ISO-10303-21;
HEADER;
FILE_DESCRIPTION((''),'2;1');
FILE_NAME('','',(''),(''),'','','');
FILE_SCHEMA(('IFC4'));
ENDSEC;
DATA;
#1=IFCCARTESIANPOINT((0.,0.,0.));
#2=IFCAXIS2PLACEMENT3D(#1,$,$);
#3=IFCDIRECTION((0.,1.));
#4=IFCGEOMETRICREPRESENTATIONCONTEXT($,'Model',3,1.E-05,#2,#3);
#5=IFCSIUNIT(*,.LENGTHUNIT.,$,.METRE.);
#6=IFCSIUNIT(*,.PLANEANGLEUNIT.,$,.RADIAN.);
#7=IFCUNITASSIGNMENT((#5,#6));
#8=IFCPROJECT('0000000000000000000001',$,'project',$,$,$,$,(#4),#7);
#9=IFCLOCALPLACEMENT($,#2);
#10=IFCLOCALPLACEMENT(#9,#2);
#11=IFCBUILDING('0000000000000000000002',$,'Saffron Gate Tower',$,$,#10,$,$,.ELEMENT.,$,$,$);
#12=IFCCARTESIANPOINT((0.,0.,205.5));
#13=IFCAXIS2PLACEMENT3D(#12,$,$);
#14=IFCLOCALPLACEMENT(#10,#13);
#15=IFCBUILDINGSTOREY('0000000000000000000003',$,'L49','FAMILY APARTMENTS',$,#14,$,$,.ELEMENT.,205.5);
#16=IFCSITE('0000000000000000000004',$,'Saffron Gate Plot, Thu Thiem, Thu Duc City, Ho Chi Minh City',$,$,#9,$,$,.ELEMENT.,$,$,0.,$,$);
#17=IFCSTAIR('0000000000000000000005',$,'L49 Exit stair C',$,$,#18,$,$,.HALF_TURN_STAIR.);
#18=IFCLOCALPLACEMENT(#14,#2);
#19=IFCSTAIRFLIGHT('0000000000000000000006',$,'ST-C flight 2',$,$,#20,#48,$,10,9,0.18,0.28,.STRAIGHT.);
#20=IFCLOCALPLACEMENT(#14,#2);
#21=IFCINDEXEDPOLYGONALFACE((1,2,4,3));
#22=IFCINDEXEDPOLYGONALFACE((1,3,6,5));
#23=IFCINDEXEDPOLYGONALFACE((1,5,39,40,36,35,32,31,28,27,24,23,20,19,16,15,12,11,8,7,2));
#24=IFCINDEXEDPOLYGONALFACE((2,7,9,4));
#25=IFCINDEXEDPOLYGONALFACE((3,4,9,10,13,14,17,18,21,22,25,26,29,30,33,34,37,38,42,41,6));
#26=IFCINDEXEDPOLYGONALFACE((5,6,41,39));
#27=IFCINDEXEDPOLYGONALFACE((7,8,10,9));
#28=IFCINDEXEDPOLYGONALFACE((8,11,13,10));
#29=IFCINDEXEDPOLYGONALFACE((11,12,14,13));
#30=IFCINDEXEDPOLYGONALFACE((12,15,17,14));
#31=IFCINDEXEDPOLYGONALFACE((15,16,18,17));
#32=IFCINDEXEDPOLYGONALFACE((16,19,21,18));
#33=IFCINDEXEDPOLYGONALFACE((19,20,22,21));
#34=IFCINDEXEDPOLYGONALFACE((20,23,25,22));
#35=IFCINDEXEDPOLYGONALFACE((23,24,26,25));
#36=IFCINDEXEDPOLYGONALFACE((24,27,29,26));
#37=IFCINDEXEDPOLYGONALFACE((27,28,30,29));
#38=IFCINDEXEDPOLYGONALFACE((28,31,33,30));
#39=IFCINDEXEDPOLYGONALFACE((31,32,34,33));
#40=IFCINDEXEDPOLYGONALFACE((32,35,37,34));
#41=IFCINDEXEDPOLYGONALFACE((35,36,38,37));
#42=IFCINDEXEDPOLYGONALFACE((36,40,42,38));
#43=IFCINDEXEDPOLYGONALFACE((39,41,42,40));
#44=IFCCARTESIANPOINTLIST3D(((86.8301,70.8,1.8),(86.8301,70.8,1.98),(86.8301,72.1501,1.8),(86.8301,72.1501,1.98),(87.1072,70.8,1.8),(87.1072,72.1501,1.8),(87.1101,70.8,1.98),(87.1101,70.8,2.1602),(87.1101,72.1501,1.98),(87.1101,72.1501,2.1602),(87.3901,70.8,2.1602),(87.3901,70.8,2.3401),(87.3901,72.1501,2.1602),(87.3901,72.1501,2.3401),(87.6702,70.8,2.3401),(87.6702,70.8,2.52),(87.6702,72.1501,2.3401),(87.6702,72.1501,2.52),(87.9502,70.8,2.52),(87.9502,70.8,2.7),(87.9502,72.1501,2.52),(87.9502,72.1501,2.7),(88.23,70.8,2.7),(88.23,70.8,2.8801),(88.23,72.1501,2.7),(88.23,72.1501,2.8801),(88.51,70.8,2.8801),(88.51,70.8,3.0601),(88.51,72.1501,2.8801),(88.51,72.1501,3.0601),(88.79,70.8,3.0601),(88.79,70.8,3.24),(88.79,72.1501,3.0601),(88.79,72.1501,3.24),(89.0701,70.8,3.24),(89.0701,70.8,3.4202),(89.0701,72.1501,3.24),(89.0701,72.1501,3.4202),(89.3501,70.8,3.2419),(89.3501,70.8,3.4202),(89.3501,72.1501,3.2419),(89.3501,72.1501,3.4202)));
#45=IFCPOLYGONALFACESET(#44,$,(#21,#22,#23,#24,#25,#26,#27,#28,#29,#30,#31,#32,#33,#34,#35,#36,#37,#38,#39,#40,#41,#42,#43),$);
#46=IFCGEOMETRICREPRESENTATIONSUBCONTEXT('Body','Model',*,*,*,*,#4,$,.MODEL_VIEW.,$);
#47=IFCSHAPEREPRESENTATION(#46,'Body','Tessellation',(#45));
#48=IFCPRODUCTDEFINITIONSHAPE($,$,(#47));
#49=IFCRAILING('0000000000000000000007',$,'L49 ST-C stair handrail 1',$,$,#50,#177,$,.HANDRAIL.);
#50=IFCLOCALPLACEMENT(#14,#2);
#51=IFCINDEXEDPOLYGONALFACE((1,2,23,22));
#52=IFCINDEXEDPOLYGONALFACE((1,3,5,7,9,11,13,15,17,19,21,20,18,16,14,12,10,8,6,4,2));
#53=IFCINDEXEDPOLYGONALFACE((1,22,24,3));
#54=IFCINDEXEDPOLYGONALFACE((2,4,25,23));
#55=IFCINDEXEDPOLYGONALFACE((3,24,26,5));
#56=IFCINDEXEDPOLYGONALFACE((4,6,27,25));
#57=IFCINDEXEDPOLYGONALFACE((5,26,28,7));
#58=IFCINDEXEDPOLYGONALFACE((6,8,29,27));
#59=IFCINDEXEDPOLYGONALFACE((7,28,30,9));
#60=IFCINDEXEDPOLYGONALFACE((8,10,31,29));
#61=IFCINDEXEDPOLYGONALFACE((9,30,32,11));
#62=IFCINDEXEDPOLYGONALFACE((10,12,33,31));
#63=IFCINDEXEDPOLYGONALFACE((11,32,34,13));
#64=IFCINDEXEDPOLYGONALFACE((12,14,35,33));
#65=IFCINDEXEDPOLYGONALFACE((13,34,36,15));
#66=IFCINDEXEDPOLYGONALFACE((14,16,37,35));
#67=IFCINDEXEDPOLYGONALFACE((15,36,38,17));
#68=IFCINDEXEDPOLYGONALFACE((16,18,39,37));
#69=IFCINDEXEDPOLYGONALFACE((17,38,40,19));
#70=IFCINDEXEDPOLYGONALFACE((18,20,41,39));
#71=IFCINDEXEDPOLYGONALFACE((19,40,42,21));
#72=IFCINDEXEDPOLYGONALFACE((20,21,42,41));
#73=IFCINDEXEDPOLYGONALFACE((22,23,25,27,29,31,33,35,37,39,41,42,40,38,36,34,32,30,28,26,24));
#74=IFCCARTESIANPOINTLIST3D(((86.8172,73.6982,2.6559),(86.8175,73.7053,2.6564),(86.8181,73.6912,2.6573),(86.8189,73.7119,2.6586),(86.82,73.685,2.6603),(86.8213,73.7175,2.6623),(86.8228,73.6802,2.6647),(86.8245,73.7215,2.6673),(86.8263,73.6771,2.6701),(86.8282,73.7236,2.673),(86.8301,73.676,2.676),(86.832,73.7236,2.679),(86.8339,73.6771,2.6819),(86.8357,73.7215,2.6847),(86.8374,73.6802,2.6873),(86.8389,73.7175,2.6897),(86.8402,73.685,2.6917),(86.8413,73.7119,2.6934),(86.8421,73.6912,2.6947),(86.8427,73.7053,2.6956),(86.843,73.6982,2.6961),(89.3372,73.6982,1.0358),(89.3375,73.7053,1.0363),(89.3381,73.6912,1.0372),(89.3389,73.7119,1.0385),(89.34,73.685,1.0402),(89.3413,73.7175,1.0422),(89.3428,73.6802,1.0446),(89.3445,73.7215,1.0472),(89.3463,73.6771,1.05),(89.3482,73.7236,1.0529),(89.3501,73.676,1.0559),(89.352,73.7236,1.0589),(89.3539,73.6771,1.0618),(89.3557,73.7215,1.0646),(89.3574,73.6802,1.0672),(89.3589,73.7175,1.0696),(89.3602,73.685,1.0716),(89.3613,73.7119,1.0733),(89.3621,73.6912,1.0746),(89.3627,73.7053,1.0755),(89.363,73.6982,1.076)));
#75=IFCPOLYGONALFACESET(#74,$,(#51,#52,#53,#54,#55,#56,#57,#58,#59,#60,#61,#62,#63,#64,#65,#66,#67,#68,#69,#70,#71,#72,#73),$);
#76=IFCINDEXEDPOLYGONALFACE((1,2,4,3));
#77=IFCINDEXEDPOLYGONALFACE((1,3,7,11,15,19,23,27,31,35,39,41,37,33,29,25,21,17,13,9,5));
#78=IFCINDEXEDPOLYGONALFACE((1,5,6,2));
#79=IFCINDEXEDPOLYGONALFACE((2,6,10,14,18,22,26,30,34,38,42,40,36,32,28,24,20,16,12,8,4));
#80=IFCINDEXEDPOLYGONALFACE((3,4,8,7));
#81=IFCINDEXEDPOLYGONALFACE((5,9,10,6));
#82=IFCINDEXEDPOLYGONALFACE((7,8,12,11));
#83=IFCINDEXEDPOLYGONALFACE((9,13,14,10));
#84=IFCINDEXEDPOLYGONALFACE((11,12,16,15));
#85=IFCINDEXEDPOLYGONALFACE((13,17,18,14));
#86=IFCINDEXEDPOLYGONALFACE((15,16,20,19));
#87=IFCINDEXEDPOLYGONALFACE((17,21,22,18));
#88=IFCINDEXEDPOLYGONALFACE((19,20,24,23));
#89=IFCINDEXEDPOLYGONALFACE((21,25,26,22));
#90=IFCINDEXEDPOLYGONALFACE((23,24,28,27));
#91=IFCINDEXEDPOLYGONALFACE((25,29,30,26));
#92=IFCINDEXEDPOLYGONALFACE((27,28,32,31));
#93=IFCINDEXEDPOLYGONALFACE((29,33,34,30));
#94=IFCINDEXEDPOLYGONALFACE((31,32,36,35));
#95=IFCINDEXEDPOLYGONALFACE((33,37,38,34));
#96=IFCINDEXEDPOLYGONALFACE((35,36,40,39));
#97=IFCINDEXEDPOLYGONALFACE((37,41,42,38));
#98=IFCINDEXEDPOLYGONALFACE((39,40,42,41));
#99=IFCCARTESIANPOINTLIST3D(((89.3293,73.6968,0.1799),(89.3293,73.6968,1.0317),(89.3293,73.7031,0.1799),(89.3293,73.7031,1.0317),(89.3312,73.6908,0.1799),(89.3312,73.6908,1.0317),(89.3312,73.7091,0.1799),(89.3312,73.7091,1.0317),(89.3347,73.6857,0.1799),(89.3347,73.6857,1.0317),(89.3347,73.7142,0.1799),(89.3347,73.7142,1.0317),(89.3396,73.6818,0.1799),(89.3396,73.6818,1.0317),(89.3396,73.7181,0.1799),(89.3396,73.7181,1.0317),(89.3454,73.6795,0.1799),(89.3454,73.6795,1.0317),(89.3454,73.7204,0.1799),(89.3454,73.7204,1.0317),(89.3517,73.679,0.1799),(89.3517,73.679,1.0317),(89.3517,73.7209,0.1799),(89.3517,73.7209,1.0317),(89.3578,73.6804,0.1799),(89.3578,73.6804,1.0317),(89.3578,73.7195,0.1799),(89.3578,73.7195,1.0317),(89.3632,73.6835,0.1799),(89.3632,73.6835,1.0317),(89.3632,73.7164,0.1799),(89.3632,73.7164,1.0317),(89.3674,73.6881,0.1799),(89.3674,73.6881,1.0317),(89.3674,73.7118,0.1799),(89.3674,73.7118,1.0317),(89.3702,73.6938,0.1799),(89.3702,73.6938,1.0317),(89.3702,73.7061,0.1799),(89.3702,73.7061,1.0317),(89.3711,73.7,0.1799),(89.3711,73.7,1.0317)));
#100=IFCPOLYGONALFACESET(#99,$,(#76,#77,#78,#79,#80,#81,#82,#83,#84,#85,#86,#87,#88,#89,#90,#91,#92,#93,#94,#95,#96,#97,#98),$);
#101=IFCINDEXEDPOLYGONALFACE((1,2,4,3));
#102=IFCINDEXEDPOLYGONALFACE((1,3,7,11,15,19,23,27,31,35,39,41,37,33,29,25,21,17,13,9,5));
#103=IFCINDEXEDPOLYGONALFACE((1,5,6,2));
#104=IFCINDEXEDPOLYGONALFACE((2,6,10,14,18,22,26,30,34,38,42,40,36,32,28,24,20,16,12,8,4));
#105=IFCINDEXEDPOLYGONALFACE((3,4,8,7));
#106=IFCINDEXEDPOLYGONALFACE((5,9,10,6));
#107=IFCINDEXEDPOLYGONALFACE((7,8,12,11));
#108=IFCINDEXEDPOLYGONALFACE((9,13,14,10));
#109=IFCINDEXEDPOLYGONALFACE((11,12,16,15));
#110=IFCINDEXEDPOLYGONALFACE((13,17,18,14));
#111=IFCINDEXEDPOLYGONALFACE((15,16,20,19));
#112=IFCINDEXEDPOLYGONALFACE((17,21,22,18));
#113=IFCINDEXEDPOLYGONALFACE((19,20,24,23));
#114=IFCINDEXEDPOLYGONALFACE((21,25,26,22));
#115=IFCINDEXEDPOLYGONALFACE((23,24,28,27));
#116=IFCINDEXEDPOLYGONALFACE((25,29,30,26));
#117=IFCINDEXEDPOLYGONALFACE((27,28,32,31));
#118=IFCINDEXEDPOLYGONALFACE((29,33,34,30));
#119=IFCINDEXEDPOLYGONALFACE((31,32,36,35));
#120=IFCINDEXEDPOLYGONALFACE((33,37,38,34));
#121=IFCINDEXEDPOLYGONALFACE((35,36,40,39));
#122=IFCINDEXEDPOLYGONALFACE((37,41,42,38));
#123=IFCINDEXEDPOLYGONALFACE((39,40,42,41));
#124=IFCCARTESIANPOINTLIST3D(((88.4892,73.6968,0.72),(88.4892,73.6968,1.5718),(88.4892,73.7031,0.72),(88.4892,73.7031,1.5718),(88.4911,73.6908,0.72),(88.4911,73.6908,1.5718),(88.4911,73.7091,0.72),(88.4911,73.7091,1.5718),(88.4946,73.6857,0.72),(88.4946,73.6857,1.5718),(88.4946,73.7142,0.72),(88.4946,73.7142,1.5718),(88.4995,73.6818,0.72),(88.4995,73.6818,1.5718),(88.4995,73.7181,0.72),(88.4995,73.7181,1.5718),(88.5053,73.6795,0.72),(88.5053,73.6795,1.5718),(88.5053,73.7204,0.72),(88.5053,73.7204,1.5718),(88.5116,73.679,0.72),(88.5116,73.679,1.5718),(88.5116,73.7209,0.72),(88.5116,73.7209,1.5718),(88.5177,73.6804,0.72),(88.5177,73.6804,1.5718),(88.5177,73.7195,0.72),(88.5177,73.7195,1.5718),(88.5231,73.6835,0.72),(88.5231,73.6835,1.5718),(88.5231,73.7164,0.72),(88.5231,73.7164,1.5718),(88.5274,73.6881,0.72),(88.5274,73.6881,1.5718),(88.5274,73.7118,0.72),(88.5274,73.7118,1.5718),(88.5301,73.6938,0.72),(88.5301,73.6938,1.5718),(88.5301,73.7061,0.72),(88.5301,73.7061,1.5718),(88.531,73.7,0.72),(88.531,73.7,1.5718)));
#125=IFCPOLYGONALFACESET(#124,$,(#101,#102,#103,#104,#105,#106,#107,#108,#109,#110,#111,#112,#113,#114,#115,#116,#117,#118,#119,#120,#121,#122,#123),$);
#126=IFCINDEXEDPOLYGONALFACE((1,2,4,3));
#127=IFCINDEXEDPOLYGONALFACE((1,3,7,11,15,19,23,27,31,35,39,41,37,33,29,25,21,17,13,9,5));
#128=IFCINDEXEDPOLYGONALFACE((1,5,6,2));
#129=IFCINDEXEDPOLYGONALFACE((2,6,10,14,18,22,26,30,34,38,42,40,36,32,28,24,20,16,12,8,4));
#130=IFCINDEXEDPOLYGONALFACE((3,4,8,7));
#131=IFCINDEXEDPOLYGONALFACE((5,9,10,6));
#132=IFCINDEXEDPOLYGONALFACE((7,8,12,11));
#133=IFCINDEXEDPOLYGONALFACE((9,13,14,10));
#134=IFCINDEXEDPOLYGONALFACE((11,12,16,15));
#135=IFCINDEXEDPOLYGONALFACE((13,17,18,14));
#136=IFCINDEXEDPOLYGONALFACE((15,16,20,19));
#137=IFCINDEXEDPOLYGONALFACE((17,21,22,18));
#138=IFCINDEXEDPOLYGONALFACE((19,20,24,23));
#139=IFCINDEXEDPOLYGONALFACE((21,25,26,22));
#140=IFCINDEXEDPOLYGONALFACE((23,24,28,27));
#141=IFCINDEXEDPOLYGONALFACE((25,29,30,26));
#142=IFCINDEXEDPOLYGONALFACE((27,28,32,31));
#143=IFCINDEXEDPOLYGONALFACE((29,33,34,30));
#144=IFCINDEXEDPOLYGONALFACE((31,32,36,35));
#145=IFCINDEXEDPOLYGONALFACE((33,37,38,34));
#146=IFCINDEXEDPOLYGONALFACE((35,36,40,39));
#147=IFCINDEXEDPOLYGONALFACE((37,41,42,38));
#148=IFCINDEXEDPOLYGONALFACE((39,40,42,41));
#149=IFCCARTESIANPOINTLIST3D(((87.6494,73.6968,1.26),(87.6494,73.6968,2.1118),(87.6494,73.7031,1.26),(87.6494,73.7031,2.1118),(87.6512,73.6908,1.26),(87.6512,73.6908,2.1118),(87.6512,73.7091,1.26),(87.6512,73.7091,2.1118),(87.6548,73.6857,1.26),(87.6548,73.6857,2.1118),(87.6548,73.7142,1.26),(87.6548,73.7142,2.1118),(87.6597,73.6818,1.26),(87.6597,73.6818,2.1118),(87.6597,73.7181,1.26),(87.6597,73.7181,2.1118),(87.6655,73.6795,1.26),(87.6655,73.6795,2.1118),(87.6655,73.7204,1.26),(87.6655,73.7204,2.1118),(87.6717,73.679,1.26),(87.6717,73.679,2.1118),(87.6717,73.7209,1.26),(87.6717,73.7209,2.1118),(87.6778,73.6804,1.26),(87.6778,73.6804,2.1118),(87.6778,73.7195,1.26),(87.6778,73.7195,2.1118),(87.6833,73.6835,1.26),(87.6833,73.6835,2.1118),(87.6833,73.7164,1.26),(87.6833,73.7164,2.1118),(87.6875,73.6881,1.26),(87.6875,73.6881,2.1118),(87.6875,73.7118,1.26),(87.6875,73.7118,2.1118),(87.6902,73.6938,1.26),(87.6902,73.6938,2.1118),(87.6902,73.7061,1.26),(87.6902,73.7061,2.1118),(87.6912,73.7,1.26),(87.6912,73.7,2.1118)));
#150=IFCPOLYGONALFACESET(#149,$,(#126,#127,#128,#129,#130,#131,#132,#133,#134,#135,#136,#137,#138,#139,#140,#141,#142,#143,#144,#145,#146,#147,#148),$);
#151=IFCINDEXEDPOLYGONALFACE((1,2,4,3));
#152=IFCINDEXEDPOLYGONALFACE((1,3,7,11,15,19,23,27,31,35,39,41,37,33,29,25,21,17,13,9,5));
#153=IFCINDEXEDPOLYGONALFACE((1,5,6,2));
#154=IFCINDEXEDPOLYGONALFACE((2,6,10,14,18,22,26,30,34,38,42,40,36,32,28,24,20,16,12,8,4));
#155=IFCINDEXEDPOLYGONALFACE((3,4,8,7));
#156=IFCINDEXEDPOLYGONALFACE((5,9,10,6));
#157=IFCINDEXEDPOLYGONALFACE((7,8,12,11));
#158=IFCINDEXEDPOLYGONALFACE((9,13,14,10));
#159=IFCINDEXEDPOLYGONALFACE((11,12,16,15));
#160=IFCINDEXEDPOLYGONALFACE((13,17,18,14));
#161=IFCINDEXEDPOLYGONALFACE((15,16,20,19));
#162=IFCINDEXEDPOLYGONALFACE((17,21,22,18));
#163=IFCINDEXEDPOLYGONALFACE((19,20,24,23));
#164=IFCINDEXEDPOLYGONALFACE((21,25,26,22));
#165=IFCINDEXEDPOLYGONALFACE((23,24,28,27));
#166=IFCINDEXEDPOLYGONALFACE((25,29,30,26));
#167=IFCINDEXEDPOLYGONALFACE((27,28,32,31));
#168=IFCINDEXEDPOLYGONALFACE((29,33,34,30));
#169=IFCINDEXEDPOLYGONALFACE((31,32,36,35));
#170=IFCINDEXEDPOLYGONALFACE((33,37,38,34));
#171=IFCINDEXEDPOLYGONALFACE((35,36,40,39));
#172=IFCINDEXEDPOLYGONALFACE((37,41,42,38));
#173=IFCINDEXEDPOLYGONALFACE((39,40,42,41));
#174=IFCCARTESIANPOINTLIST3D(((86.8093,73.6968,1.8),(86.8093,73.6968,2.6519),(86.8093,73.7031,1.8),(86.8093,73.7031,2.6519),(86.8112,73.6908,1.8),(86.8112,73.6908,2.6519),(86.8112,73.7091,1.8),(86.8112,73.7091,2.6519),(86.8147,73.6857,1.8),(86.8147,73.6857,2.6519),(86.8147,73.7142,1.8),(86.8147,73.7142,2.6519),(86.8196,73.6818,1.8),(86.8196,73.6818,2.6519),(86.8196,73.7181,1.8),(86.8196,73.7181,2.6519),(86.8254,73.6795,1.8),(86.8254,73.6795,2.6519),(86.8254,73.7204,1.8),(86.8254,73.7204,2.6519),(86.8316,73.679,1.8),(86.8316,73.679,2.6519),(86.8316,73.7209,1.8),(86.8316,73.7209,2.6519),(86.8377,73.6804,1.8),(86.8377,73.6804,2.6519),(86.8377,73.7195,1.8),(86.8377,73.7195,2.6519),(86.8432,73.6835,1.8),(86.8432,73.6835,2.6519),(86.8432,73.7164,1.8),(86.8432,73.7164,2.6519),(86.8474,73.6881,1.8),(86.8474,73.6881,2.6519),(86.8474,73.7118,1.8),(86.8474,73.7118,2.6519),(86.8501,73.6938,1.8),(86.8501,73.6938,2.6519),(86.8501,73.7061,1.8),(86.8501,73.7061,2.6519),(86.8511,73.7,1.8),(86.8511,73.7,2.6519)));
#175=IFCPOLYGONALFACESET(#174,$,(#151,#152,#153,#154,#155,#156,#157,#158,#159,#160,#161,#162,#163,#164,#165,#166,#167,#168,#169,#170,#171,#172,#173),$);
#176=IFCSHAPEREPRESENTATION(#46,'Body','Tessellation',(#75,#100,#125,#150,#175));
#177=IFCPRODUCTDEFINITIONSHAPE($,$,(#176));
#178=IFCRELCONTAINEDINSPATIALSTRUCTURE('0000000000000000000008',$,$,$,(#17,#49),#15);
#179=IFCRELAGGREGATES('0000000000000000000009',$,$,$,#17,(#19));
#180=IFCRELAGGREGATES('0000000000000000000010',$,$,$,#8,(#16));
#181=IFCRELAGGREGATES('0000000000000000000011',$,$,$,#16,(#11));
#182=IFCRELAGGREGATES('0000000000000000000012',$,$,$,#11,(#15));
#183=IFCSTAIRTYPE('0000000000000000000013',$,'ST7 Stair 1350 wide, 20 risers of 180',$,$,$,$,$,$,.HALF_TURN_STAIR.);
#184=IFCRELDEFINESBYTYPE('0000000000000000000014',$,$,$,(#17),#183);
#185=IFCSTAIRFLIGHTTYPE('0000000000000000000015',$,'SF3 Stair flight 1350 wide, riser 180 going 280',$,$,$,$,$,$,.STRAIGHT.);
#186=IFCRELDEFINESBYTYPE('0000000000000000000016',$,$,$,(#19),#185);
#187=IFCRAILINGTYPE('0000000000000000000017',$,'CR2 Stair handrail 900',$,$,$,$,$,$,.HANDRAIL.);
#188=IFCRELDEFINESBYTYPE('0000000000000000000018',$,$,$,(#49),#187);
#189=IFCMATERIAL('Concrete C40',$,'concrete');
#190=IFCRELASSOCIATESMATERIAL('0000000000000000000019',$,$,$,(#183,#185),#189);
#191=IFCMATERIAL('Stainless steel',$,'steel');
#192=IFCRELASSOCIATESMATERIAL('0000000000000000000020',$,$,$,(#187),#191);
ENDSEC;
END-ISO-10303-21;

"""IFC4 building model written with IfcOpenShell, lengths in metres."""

from ifc_helpers import new_model, si_unit, direction, frame, origin, origin_2d, place, context, subcontext, project, spatial, polyline, circle, outline, extrude, material, type_object, element, aggregate, save


model = new_model("IFC4")

# Units and contexts
model_context = context("Model", 3, precision=1e-05, world=origin(), true_north=direction((0.0, 1.0)))
body_context = subcontext(model_context, "Body", "Model", "MODEL_VIEW")
ifc_project = project(units=[si_unit("LENGTHUNIT", "METRE"), si_unit("PLANEANGLEUNIT", "RADIAN")], contexts=[model_context])

# Site, building, storey
site_placement = place(None, origin())
site = spatial("IfcSite", under=ifc_project, at=site_placement, Name="Saffron Gate Plot, Thu Thiem, Thu Duc City, Ho Chi Minh City", CompositionType="ELEMENT", RefElevation=0.0)
building_placement = place(site_placement, origin())
building = spatial("IfcBuilding", under=site, at=building_placement, Name="Saffron Gate Tower", CompositionType="ELEMENT")
storey_placement = place(building_placement, frame((0.0, 0.0, 205.5)))
storey = spatial("IfcBuildingStorey", under=building, at=storey_placement, Name="L49", Description="FAMILY APARTMENTS", CompositionType="ELEMENT", Elevation=205.5)

# Stair, stair flight
ifc_material_1 = material(Name="Concrete C40", Category="concrete")
stair_type = type_object("IfcStairType", Name="ST7 Stair 1350 wide, 20 risers of 180", PredefinedType="HALF_TURN_STAIR", material=ifc_material_1)
stair_placement = place(storey_placement, origin())
stair = element("IfcStair", 1, at=stair_placement, inside=storey, type_object=stair_type, Name="L49 Exit stair C", PredefinedType="HALF_TURN_STAIR")
stair_flight_type = type_object("IfcStairFlightType", Name="SF3 Stair flight 1350 wide, riser 180 going 280", PredefinedType="STRAIGHT", material=ifc_material_1)
stair_flight_1_placement = place(storey_placement, frame((86.8301, 71.4751, 1.8), z_axis=(0.0, 0.0, 1.0), x_axis=(1.0, 0.0, 0.0)))
stair_flight_1 = element("IfcStairFlight", 2, at=stair_flight_1_placement, type_object=stair_flight_type, Name="ST-C flight 2", NumberOfRisers=10, NumberOfTreads=9, PredefinedType="STRAIGHT", RiserHeight=0.18, TreadLength=0.28, context=body_context, shape_type="SweptSolid", body=[
    extrude(outline(polyline([(0.0, 0.0), (0.0, 0.1799), (0.28, 0.1799), (0.28, 0.3601), (0.5601, 0.3601), (0.5601, 0.54), (0.8401, 0.54), (0.8401, 0.72), (1.1201, 0.72), (1.1201, 0.8999), (1.3999, 0.8999), (1.3999, 1.0801), (1.6799, 1.0801), (1.6799, 1.26), (1.96, 1.26), (1.96, 1.4399), (2.24, 1.4399), (2.24, 1.6201), (2.52, 1.6201), (2.52, 1.8), (2.52, 1.4419), (0.2771, 0.0), (0.0, 0.0)])), frame((0.0, 0.675, 0.0), z_axis=(0.0, -1.0, 0.0), x_axis=(1.0, 0.0, 0.0)), (0.0, 0.0, 1.0), 1.3501),
])
aggregate(stair, [stair_flight_1])

# Railing
ifc_material_2 = material(Name="Stainless steel", Category="steel")
railing_type = type_object("IfcRailingType", Name="CR2 Stair handrail 900", PredefinedType="HANDRAIL", material=ifc_material_2)
railing_1_placement = place(storey_placement, frame((89.3501, 73.7, 0.1799)))
element("IfcRailing", 3, at=railing_1_placement, inside=storey, type_object=railing_type, Name="L49 ST-C stair handrail 1", PredefinedType="HANDRAIL", context=body_context, shape_type="SweptSolid", body=[
    extrude(circle(Radius=0.0239, at=origin_2d()), frame((0.0, 0.0, 0.876), z_axis=(-0.841163, 0.0, 0.540782), x_axis=(0.0, -1.0, 0.0)), (0.0, 0.0, 1.0), 2.9958),
    extrude(circle(Radius=0.021, at=origin_2d()), origin(), (0.0, 0.0, 1.0), 0.8518),
    extrude(circle(Radius=0.021, at=origin_2d()), frame((-0.8401, 0.0, 0.54)), (0.0, 0.0, 1.0), 0.8518),
    extrude(circle(Radius=0.021, at=origin_2d()), frame((-1.6799, 0.0, 1.0801)), (0.0, 0.0, 1.0), 0.8518),
    extrude(circle(Radius=0.021, at=origin_2d()), frame((-2.52, 0.0, 1.6201)), (0.0, 0.0, 1.0), 0.8518),
])

save(model, "model.ifc")
